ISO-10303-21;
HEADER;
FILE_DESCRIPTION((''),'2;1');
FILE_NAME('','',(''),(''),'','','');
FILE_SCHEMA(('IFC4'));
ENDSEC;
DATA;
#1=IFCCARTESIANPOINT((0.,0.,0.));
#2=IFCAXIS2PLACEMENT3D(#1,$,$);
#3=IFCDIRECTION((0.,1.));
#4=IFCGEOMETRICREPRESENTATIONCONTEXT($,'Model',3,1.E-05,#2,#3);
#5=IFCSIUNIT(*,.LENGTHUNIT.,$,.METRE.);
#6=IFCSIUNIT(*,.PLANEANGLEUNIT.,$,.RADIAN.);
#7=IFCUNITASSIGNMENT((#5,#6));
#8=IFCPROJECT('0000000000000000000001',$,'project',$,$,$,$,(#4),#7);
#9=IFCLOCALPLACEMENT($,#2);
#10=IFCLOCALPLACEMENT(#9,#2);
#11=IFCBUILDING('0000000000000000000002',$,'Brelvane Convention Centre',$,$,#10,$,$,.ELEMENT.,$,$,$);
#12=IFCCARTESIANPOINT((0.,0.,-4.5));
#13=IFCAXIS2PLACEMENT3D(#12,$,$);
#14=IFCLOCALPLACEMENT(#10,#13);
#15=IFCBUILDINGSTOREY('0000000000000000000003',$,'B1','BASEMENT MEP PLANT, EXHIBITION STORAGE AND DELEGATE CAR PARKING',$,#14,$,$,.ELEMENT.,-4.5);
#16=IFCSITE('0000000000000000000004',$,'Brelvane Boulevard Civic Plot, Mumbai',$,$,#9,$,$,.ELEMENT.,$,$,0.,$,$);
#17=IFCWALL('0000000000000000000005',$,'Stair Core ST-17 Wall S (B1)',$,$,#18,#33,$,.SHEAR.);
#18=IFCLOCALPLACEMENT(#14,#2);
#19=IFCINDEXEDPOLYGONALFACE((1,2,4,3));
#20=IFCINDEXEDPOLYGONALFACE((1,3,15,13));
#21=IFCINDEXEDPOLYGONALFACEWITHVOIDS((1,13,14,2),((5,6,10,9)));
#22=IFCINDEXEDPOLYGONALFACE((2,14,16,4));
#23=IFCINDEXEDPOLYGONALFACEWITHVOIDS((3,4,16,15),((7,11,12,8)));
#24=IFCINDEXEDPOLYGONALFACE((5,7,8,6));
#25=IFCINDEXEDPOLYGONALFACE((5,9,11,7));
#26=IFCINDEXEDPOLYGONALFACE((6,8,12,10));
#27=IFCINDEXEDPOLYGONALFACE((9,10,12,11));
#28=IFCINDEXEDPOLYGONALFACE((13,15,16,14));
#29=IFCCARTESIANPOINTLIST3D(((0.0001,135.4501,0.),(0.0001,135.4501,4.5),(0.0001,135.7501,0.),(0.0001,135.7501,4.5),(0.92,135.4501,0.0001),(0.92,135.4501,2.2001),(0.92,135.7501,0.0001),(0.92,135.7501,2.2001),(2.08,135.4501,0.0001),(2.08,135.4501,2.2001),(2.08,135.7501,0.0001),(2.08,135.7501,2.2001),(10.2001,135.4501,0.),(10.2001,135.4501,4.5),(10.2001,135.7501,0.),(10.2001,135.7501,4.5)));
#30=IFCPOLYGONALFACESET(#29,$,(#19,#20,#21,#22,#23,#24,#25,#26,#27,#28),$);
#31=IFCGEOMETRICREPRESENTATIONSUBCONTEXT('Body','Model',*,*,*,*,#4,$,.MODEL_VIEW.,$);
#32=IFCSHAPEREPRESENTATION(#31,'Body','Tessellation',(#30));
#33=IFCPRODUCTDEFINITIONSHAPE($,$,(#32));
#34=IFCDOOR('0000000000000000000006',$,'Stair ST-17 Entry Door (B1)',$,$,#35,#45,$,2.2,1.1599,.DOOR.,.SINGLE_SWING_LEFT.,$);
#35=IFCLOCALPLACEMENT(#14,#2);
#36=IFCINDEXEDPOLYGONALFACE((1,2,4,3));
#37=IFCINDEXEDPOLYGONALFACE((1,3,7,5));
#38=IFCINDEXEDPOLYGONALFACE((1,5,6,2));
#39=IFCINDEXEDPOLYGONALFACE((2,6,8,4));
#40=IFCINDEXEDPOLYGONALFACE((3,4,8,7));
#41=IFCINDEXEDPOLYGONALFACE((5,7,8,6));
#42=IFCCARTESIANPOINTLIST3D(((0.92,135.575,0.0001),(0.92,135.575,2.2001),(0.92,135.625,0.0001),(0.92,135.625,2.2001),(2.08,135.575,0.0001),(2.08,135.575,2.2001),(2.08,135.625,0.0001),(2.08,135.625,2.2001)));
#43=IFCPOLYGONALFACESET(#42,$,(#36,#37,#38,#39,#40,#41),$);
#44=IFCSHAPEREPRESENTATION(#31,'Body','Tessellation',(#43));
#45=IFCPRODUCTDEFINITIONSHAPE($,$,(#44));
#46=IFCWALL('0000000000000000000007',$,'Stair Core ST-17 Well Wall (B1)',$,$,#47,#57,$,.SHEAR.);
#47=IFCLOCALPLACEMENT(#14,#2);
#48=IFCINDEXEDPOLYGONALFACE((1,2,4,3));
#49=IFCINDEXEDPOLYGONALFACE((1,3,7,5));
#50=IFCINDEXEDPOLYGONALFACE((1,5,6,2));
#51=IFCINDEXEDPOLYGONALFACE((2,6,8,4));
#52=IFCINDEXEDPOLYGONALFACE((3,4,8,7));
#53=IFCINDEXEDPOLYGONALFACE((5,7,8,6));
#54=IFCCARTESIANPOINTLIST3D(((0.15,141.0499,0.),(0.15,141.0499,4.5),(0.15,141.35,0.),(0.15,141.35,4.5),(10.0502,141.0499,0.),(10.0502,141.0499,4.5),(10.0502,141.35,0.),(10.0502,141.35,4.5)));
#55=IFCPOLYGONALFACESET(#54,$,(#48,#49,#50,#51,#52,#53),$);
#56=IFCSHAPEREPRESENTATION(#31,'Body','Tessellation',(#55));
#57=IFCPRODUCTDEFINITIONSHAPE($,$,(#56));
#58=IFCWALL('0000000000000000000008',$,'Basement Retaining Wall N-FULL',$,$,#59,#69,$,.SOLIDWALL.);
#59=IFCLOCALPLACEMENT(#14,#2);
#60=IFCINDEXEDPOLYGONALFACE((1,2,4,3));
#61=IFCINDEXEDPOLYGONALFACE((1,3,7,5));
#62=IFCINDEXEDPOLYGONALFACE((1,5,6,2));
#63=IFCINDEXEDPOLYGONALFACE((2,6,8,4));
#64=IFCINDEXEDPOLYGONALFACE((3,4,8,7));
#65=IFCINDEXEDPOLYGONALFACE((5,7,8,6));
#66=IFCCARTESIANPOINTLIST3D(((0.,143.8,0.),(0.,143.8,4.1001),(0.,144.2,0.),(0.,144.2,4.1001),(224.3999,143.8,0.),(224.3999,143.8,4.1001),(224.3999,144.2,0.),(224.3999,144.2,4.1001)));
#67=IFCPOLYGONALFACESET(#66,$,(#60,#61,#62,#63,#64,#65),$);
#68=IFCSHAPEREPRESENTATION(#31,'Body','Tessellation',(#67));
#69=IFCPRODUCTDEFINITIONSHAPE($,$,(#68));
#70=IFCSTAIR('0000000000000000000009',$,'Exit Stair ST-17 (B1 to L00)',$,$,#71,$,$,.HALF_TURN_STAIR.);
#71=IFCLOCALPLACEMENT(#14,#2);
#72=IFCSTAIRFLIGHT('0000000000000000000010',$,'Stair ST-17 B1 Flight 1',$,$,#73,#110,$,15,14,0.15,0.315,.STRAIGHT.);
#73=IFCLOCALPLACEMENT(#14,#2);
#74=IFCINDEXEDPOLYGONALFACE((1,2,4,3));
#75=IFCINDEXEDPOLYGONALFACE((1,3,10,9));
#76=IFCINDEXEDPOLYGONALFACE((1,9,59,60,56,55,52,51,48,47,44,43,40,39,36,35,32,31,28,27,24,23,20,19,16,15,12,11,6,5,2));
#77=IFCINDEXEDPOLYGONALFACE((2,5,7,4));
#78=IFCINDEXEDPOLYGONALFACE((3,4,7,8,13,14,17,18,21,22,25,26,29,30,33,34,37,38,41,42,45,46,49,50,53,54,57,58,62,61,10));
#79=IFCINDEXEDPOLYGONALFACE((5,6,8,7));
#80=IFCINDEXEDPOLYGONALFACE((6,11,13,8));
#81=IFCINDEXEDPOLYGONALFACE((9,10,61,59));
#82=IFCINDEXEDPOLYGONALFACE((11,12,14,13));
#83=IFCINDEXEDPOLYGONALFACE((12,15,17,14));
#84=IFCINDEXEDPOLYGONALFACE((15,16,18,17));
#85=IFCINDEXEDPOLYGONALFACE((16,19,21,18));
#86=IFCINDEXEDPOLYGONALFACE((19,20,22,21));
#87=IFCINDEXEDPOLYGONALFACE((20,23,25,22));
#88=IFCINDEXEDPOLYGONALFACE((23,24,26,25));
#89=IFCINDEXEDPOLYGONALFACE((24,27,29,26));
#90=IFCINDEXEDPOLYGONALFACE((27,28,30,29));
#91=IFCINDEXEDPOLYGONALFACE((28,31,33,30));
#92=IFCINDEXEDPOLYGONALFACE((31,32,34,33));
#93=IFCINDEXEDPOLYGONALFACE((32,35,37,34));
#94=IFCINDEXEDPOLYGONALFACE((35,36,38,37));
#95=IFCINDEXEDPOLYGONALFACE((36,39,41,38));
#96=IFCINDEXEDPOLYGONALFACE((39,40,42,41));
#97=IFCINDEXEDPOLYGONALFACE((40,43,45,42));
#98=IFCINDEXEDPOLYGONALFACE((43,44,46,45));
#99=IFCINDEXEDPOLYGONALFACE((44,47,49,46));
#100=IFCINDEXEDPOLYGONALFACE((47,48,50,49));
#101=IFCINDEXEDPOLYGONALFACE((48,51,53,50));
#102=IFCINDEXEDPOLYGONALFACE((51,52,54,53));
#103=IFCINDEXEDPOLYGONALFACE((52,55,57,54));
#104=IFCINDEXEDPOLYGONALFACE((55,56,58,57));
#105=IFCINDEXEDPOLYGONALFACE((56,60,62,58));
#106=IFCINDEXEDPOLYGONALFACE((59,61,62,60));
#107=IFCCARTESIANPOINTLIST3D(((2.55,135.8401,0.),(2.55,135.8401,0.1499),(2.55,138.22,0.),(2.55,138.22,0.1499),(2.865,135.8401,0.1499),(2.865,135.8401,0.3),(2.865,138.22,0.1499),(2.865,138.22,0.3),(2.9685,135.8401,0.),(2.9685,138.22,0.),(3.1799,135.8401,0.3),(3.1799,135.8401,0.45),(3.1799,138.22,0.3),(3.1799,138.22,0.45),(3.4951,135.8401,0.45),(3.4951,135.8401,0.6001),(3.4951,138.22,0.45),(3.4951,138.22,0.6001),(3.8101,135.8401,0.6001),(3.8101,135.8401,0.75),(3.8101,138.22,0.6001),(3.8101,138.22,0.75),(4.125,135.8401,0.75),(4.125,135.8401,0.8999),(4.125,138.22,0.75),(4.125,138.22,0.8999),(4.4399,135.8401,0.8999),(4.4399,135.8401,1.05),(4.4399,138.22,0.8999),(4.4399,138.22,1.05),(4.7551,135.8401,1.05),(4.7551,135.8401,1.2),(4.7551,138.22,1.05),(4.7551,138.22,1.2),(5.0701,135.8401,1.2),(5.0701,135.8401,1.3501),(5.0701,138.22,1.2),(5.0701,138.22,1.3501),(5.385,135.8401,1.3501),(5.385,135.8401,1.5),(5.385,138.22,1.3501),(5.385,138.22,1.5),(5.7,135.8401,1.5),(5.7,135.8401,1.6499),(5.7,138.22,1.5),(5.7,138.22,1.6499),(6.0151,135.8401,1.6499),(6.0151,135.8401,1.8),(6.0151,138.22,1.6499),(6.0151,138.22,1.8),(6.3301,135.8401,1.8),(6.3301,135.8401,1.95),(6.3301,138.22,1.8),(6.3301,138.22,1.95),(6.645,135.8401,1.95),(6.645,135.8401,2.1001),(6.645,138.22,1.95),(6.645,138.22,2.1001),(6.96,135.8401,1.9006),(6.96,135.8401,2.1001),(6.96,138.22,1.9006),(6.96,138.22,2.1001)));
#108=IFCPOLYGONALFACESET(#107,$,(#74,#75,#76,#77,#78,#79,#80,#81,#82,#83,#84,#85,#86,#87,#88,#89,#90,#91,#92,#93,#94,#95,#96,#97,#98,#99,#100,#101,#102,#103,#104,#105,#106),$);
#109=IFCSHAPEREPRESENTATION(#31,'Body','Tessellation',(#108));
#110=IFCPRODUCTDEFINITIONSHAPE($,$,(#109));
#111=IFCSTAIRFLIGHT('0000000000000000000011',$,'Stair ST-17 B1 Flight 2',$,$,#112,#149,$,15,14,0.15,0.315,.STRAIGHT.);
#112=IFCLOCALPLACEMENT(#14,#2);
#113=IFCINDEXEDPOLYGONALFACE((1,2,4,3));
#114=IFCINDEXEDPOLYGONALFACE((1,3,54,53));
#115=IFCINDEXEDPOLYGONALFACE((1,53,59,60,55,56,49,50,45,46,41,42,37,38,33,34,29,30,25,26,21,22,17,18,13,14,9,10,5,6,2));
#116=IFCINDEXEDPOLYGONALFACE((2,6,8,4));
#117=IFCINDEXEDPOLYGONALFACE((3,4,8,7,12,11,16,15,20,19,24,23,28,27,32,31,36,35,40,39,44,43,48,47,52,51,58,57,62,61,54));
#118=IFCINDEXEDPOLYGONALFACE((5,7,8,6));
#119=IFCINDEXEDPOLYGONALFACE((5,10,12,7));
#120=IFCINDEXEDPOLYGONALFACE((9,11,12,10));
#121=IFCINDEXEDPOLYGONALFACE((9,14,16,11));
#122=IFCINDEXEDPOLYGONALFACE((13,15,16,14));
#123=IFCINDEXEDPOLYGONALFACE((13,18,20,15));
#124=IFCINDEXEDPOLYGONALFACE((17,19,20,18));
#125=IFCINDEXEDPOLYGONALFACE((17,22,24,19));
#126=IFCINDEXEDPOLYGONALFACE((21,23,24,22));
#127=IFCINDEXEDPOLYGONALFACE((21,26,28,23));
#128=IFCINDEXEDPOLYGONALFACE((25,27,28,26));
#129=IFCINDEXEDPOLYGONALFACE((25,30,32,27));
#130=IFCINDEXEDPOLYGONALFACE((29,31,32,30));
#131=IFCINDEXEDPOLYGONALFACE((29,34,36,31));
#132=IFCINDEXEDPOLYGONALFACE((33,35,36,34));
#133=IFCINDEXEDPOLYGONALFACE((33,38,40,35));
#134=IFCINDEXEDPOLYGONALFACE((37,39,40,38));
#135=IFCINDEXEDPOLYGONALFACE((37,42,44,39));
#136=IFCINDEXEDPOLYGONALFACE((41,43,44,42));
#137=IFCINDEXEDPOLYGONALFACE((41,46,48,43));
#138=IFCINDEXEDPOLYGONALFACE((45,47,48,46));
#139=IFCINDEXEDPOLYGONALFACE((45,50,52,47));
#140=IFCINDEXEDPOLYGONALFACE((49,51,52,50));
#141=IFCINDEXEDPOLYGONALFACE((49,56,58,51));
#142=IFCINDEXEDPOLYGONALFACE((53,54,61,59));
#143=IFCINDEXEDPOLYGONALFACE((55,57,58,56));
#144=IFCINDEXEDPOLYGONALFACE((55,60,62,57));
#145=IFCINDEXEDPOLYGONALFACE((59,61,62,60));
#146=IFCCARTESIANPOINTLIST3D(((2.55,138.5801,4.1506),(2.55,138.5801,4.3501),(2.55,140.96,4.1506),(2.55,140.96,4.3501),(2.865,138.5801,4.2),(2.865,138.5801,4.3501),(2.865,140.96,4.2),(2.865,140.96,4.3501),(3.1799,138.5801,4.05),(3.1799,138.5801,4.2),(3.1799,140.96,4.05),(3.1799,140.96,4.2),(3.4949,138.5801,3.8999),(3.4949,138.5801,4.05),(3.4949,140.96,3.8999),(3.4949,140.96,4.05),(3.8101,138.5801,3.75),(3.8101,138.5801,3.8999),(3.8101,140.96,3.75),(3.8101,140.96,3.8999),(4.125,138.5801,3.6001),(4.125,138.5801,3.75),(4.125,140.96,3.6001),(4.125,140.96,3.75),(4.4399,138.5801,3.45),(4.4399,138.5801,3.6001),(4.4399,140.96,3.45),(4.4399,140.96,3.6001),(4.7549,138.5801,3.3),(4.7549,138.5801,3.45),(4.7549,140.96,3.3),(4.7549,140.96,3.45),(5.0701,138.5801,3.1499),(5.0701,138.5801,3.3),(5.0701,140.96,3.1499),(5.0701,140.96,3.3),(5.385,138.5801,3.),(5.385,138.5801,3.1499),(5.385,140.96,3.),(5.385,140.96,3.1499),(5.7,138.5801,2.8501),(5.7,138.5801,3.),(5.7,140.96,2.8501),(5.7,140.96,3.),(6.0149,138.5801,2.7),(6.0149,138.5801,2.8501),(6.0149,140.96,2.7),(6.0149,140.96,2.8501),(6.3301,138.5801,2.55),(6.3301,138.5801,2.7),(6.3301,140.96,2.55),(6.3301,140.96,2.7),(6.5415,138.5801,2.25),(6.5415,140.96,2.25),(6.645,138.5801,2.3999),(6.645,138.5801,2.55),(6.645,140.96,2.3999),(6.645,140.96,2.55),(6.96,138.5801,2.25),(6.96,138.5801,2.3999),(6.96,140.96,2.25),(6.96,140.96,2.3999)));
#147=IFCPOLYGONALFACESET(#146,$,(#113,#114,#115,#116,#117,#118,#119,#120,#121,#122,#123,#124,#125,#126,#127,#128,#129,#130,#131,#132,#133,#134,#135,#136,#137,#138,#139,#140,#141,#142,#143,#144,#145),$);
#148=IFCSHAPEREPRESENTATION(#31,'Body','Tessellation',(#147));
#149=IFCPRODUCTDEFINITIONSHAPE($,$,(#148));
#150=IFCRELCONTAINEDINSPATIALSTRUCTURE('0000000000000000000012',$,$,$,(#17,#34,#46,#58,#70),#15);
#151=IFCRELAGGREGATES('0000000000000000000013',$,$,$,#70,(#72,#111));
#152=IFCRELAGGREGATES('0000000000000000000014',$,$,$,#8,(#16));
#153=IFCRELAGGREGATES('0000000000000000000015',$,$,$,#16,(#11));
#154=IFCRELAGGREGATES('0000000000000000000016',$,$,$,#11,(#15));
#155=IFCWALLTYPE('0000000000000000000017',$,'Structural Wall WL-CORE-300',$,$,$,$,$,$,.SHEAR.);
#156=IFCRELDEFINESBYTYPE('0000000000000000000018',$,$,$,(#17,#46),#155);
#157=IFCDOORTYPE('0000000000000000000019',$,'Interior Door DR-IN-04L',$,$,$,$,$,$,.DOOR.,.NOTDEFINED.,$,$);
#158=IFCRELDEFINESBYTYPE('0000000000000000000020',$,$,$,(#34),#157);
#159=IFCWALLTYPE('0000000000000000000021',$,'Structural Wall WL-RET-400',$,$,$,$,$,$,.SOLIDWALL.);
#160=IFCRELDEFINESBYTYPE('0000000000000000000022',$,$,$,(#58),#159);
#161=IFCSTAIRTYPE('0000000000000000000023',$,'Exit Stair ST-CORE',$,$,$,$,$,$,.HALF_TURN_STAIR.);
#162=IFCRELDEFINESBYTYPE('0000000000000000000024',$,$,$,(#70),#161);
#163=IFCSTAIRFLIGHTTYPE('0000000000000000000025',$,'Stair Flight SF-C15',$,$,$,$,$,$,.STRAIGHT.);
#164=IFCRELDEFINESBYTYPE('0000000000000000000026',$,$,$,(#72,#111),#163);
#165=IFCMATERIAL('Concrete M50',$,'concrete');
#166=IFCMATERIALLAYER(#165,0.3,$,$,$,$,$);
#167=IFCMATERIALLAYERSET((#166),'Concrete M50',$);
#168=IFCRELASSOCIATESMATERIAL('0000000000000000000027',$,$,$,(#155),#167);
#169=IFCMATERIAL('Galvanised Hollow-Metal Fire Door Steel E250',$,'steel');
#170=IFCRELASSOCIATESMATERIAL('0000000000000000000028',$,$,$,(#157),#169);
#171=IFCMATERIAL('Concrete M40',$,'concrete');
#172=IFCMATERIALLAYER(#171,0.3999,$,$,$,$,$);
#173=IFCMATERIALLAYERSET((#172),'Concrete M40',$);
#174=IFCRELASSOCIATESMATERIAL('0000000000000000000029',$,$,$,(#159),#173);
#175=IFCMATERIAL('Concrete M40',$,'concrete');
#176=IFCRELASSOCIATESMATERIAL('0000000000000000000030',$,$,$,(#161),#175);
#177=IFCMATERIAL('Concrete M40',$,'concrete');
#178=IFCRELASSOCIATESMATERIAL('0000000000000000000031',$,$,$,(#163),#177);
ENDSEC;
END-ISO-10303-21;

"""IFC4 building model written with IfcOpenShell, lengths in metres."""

from ifc_helpers import new_model, si_unit, direction, frame, frame_2d, origin, place, context, subcontext, project, spatial, polyline, rectangle, outline, extrude, material, layer, layer_set, type_object, element, fill, aggregate, save


model = new_model("IFC4")

# Units and contexts
model_context = context("Model", 3, precision=1e-05, world=origin(), true_north=direction((0.0, 1.0)))
body_context = subcontext(model_context, "Body", "Model", "MODEL_VIEW")
ifc_project = project(units=[si_unit("LENGTHUNIT", "METRE"), si_unit("PLANEANGLEUNIT", "RADIAN")], contexts=[model_context])

# Site, building, storey
site_placement = place(None, origin())
site = spatial("IfcSite", under=ifc_project, at=site_placement, Name="Brelvane Boulevard Civic Plot, Mumbai", CompositionType="ELEMENT", RefElevation=0.0)
building_placement = place(site_placement, origin())
building = spatial("IfcBuilding", under=site, at=building_placement, Name="Brelvane Convention Centre", CompositionType="ELEMENT")
storey_placement = place(building_placement, frame((0.0, 0.0, -4.5)))
storey = spatial("IfcBuildingStorey", under=building, at=storey_placement, Name="B1", Description="BASEMENT MEP PLANT, EXHIBITION STORAGE AND DELEGATE CAR PARKING", CompositionType="ELEMENT", Elevation=-4.5)

# Wall, opening, door
ifc_material_1 = material(Name="Concrete M50", Category="concrete")
ifc_layer_1 = layer(ifc_material_1, 0.3)
ifc_layer_set_1 = layer_set([ifc_layer_1], Name="Concrete M50")
wall_type_1 = type_object("IfcWallType", Name="Structural Wall WL-CORE-300", PredefinedType="SHEAR", material=ifc_layer_set_1)
wall_1_placement = place(storey_placement, frame((0.0, 135.6001, 0.0), z_axis=(0.0, 0.0, 1.0), x_axis=(1.0, 0.0, 0.0)))
wall_1 = element("IfcWall", 1, at=wall_1_placement, inside=storey, type_object=wall_type_1, Name="Stair Core ST-17 Wall S (B1)", PredefinedType="SHEAR", context=body_context, shape_type="SweptSolid", body=[
    extrude(rectangle(XDim=10.2, YDim=0.3, at=frame_2d((5.1001, 0.0))), origin(), (0.0, 0.0, 1.0), 4.5),
])
opening_placement = place(wall_1_placement, frame((0.9199, 0.0, 0.0)))
opening = element("IfcOpeningElement", 2, at=opening_placement, cuts=wall_1, PredefinedType="OPENING", context=body_context, shape_type="SweptSolid", body=[
    extrude(rectangle(XDim=1.1599, YDim=2.2, at=frame_2d((0.5801, 1.1001))), frame((0.0, 0.1599, 0.0), z_axis=(0.0, -1.0, 0.0), x_axis=(1.0, 0.0, 0.0)), (0.0, 0.0, 1.0), 0.3201),
])
ifc_material_2 = material(Name="Galvanised Hollow-Metal Fire Door Steel E250", Category="steel")
door_type = type_object("IfcDoorType", Name="Interior Door DR-IN-04L", OperationType="NOTDEFINED", PredefinedType="DOOR", material=ifc_material_2)
door_placement = place(opening_placement, origin())
door = element("IfcDoor", 3, at=door_placement, inside=storey, type_object=door_type, Name="Stair ST-17 Entry Door (B1)", OperationType="SINGLE_SWING_LEFT", OverallHeight=2.2, OverallWidth=1.1599, PredefinedType="DOOR", context=body_context, shape_type="SweptSolid", body=[
    extrude(rectangle(XDim=1.1599, YDim=2.2, at=frame_2d((0.5801, 1.1001))), frame((0.0, 0.0249, 0.0), z_axis=(0.0, -1.0, 0.0), x_axis=(1.0, 0.0, 0.0)), (0.0, 0.0, 1.0), 0.05),
])
fill(opening, door)

# Walls
wall_2_placement = place(storey_placement, frame((0.1499, 141.2, 0.0), z_axis=(0.0, 0.0, 1.0), x_axis=(1.0, 0.0, 0.0)))
element("IfcWall", 4, at=wall_2_placement, inside=storey, type_object=wall_type_1, Name="Stair Core ST-17 Well Wall (B1)", PredefinedType="SHEAR", context=body_context, shape_type="SweptSolid", body=[
    extrude(rectangle(XDim=9.9001, YDim=0.3, at=frame_2d((4.9502, 0.0))), origin(), (0.0, 0.0, 1.0), 4.5),
])
ifc_material_3 = material(Name="Concrete M40", Category="concrete")
ifc_layer_2 = layer(ifc_material_3, 0.3999)
ifc_layer_set_2 = layer_set([ifc_layer_2], Name="Concrete M40")
wall_type_2 = type_object("IfcWallType", Name="Structural Wall WL-RET-400", PredefinedType="SOLIDWALL", material=ifc_layer_set_2)
wall_3_placement = place(storey_placement, frame((0.0, 144.0, 0.0), z_axis=(0.0, 0.0, 1.0), x_axis=(1.0, 0.0, 0.0)))
element("IfcWall", 5, at=wall_3_placement, inside=storey, type_object=wall_type_2, Name="Basement Retaining Wall N-FULL", PredefinedType="SOLIDWALL", context=body_context, shape_type="SweptSolid", body=[
    extrude(rectangle(XDim=224.3999, YDim=0.3999, at=frame_2d((112.2, 0.0))), origin(), (0.0, 0.0, 1.0), 4.1001),
])

# Stair, stair flights
ifc_material_4 = material(Name="Concrete M40", Category="concrete")
stair_type = type_object("IfcStairType", Name="Exit Stair ST-CORE", PredefinedType="HALF_TURN_STAIR", material=ifc_material_4)
stair_placement = place(storey_placement, origin())
stair = element("IfcStair", 6, at=stair_placement, inside=storey, type_object=stair_type, Name="Exit Stair ST-17 (B1 to L00)", PredefinedType="HALF_TURN_STAIR")
ifc_material_5 = material(Name="Concrete M40", Category="concrete")
stair_flight_type = type_object("IfcStairFlightType", Name="Stair Flight SF-C15", PredefinedType="STRAIGHT", material=ifc_material_5)
stair_flight_1_placement = place(storey_placement, frame((2.55, 137.03, 0.0), z_axis=(0.0, 0.0, 1.0), x_axis=(1.0, 0.0, 0.0)))
stair_flight_1 = element("IfcStairFlight", 7, at=stair_flight_1_placement, type_object=stair_flight_type, Name="Stair ST-17 B1 Flight 1", NumberOfRisers=15, NumberOfTreads=14, PredefinedType="STRAIGHT", RiserHeight=0.15, TreadLength=0.315, context=body_context, shape_type="SweptSolid", body=[
    extrude(outline(polyline([(0.0, 0.0), (0.0, 0.1499), (0.3149, 0.1499), (0.3149, 0.3), (0.6299, 0.3), (0.6299, 0.45), (0.9451, 0.45), (0.9451, 0.6001), (1.26, 0.6001), (1.26, 0.75), (1.575, 0.75), (1.575, 0.8999), (1.8899, 0.8999), (1.8899, 1.05), (2.2051, 1.05), (2.2051, 1.2), (2.52, 1.2), (2.52, 1.3501), (2.835, 1.3501), (2.835, 1.5), (3.1499, 1.5), (3.1499, 1.6499), (3.4651, 1.6499), (3.4651, 1.8), (3.78, 1.8), (3.78, 1.95), (4.095, 1.95), (4.095, 2.1001), (4.4099, 2.1001), (4.4099, 2.25), (4.4099, 1.9006), (0.4185, 0.0), (0.0, 0.0)])), frame((0.0, 1.1899, 0.0), z_axis=(0.0, -1.0, 0.0), x_axis=(1.0, 0.0, 0.0)), (0.0, 0.0, 1.0), 2.3799),
])
stair_flight_2_placement = place(storey_placement, frame((6.96, 139.77, 2.25), z_axis=(0.0, 0.0, 1.0), x_axis=(-1.0, 0.0, 0.0)))
stair_flight_2 = element("IfcStairFlight", 8, at=stair_flight_2_placement, type_object=stair_flight_type, Name="Stair ST-17 B1 Flight 2", NumberOfRisers=15, NumberOfTreads=14, PredefinedType="STRAIGHT", RiserHeight=0.15, TreadLength=0.315, context=body_context, shape_type="SweptSolid", body=[
    extrude(outline(polyline([(0.0, 0.0), (0.0, 0.1499), (0.3149, 0.1499), (0.3149, 0.3), (0.6299, 0.3), (0.6299, 0.45), (0.9451, 0.45), (0.9451, 0.6001), (1.26, 0.6001), (1.26, 0.75), (1.575, 0.75), (1.575, 0.8999), (1.8899, 0.8999), (1.8899, 1.05), (2.2051, 1.05), (2.2051, 1.2), (2.52, 1.2), (2.52, 1.3501), (2.835, 1.3501), (2.835, 1.5), (3.1499, 1.5), (3.1499, 1.6499), (3.4651, 1.6499), (3.4651, 1.8), (3.78, 1.8), (3.78, 1.95), (4.095, 1.95), (4.095, 2.1001), (4.4099, 2.1001), (4.4099, 2.25), (4.4099, 1.9006), (0.4185, 0.0), (0.0, 0.0)])), frame((0.0, 1.1899, 0.0), z_axis=(0.0, -1.0, 0.0), x_axis=(1.0, 0.0, 0.0)), (0.0, 0.0, 1.0), 2.3799),
])
aggregate(stair, [stair_flight_1, stair_flight_2])

save(model, "model.ifc")
